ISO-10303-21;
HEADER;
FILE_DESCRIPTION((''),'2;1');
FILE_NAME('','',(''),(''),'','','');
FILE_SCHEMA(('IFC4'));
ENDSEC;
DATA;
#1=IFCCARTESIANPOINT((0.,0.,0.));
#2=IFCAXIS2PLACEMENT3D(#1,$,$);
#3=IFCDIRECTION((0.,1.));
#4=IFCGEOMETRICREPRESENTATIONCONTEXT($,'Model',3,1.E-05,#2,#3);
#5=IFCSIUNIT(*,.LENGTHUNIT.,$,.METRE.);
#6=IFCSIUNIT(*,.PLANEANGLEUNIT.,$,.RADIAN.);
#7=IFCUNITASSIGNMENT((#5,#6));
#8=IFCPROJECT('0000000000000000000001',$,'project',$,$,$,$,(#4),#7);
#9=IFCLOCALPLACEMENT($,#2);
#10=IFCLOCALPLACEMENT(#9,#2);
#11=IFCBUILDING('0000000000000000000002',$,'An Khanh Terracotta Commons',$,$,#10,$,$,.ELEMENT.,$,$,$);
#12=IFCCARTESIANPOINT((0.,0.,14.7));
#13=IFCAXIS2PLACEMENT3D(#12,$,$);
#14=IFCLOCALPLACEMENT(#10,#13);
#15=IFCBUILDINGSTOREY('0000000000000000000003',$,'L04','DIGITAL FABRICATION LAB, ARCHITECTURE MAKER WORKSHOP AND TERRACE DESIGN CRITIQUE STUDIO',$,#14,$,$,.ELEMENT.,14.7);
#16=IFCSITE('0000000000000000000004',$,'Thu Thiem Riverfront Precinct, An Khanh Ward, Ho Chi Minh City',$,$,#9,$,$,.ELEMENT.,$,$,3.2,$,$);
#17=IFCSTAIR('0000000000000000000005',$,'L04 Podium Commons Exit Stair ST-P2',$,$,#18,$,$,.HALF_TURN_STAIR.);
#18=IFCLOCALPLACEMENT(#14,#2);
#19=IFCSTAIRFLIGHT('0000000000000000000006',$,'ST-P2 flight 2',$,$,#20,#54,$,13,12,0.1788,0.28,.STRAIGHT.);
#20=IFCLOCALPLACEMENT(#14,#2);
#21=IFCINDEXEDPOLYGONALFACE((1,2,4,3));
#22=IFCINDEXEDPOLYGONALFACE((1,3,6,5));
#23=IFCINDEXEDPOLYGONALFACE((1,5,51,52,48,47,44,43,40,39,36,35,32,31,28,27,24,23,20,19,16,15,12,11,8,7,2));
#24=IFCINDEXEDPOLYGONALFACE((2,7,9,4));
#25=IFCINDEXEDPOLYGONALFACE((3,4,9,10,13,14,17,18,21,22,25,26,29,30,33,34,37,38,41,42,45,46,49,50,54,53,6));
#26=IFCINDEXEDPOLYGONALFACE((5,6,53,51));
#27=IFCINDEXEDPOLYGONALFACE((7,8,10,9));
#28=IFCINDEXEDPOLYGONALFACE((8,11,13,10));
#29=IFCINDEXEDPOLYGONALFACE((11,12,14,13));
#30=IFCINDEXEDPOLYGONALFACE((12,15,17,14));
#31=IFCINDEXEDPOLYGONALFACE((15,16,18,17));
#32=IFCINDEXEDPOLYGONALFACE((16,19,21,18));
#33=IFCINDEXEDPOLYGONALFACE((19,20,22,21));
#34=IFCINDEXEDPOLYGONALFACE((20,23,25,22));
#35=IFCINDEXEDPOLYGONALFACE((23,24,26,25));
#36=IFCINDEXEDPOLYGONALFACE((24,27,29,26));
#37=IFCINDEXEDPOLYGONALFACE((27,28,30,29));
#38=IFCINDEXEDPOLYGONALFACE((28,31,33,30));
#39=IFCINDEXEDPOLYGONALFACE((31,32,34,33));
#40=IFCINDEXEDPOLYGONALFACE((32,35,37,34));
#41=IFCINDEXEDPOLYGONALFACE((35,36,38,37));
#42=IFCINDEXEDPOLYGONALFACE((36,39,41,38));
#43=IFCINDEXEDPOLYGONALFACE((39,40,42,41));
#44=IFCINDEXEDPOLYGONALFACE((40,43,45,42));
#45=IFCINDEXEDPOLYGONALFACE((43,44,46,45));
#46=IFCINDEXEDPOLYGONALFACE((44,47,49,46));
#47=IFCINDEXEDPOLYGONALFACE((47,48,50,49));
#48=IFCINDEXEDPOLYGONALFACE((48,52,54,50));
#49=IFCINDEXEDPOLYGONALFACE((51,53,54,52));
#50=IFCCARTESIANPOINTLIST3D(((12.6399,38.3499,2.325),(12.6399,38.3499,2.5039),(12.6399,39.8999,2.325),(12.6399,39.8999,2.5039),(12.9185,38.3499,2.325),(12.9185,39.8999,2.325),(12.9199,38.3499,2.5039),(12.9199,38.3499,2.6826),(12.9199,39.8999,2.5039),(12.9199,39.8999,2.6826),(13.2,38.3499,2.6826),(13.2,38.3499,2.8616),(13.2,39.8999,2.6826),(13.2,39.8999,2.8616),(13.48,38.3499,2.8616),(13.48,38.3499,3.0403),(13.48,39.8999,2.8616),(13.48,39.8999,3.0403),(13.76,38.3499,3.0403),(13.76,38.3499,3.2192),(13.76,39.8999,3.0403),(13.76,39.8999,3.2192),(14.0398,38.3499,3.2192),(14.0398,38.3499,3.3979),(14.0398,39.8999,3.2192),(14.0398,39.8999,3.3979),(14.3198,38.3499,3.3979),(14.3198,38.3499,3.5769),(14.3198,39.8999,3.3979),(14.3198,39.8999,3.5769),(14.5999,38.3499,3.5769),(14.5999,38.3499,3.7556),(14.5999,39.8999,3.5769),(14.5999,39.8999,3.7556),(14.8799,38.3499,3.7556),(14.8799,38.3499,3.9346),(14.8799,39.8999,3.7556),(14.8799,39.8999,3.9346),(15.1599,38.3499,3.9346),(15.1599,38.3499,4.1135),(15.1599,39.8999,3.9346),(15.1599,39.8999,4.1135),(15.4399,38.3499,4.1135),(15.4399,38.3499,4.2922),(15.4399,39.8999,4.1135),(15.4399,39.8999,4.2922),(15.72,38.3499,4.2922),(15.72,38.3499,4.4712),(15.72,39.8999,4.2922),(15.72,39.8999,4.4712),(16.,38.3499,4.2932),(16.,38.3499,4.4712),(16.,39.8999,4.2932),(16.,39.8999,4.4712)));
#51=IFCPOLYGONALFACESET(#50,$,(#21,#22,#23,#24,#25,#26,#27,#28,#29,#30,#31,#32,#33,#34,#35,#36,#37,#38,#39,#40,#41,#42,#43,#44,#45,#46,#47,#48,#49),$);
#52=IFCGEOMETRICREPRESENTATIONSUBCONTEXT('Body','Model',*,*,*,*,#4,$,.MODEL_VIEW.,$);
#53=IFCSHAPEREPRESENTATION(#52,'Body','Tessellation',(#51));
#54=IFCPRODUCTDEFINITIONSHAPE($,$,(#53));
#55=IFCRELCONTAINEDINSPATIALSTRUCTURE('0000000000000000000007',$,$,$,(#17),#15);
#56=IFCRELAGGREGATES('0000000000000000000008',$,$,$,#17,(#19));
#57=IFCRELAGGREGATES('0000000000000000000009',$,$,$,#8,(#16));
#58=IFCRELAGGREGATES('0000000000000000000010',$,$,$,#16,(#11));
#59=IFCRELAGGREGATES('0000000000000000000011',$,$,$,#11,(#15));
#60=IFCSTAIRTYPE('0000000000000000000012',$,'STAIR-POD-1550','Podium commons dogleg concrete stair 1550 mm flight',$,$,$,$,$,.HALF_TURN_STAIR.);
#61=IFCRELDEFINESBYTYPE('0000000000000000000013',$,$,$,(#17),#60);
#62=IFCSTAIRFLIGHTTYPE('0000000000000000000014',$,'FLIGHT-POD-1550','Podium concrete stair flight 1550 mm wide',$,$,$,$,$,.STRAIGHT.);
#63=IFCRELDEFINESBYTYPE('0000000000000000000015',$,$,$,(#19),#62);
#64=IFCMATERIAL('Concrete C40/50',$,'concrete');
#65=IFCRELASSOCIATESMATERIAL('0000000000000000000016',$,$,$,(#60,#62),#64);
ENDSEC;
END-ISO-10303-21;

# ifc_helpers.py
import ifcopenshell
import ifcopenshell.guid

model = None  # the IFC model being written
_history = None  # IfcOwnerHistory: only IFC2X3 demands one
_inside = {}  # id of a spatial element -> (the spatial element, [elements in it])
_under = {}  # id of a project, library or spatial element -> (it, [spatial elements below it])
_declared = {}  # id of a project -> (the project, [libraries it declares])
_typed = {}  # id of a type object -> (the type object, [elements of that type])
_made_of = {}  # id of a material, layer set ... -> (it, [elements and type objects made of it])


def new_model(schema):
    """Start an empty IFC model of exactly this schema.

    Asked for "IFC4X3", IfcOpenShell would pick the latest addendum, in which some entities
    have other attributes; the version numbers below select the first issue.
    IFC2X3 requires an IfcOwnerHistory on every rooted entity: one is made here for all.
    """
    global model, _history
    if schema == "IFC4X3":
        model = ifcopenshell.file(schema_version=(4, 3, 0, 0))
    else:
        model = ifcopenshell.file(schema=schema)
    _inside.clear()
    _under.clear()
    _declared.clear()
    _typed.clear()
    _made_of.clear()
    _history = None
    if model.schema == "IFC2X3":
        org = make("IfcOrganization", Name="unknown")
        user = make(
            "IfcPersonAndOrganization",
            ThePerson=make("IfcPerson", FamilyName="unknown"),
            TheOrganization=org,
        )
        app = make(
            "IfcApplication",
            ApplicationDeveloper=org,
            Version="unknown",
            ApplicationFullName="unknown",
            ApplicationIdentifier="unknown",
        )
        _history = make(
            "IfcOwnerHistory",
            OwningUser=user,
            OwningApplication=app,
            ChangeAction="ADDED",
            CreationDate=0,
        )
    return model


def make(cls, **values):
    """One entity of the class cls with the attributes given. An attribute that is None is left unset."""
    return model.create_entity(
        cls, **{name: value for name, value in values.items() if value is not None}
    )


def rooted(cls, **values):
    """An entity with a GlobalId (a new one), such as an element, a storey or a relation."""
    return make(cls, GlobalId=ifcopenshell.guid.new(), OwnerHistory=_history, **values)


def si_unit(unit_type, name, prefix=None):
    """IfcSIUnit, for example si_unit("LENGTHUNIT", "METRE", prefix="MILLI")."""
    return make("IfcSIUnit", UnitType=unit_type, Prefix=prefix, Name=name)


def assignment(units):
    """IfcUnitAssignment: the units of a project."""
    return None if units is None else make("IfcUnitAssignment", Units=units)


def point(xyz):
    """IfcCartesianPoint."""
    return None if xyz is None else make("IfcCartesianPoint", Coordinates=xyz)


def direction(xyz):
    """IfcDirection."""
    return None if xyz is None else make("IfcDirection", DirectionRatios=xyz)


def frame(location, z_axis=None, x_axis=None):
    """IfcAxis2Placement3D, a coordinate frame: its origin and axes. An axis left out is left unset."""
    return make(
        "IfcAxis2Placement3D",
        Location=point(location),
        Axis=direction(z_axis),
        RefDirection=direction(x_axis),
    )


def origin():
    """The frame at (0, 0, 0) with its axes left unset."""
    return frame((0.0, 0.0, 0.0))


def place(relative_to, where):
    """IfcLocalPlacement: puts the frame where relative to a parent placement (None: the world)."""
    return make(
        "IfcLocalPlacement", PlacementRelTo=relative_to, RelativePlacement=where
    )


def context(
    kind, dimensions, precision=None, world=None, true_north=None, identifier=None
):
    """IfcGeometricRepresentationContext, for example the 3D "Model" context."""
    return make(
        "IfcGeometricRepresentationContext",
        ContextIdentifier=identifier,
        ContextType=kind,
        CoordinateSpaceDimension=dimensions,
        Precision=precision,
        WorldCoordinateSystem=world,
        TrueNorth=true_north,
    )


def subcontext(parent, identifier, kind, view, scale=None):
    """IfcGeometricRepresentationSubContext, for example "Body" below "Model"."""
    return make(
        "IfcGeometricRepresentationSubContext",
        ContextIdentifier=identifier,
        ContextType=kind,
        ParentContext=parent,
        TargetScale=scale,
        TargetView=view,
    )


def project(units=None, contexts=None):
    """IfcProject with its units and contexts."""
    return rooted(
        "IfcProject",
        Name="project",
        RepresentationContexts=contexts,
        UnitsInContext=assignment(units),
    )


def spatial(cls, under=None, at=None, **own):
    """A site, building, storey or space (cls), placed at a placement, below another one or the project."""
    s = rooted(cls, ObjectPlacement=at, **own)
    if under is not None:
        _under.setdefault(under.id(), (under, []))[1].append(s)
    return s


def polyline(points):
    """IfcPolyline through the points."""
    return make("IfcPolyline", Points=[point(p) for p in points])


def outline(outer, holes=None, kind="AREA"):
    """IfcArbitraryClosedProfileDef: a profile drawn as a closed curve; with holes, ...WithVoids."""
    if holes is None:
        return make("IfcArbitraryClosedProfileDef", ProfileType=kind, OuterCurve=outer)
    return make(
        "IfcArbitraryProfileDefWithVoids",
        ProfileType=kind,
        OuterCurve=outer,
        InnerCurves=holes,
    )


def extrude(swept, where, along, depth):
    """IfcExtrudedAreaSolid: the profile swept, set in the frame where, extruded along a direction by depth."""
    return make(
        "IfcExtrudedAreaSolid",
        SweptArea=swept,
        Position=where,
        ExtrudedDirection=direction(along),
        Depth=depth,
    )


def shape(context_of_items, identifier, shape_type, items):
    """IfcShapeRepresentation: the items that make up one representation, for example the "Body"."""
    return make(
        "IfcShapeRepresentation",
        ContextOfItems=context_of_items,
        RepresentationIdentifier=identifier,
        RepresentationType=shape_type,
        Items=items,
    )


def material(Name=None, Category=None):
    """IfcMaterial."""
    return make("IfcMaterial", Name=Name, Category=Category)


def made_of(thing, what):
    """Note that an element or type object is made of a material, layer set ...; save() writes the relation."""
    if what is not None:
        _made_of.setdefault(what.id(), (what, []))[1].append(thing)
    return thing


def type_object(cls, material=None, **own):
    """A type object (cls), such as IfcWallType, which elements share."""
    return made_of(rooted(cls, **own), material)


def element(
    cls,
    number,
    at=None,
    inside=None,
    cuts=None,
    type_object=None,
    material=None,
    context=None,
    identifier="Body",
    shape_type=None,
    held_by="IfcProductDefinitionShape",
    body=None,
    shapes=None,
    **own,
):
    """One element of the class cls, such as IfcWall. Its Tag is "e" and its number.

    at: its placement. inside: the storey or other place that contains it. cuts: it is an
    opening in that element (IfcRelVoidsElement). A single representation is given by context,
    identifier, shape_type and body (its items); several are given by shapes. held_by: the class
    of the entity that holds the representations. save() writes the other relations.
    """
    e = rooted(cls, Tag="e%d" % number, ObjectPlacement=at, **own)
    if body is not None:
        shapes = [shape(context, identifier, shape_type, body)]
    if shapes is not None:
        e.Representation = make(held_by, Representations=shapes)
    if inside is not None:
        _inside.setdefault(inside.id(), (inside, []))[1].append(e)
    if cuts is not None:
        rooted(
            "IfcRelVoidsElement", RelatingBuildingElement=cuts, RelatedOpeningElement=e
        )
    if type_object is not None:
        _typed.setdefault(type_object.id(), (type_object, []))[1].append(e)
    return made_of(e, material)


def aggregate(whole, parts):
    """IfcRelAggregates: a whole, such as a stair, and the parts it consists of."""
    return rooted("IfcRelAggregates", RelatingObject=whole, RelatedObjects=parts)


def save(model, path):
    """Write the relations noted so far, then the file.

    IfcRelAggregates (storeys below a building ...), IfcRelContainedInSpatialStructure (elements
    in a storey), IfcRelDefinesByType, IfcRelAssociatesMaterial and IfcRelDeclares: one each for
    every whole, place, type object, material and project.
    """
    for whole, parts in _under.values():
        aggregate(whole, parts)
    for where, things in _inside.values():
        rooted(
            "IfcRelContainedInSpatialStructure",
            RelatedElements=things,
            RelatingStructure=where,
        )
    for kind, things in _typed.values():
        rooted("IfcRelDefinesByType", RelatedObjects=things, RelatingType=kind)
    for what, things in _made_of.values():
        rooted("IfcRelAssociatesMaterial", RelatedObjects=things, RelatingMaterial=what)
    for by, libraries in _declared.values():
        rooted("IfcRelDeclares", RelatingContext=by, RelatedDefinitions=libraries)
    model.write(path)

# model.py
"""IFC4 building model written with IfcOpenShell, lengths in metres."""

from ifc_helpers import new_model, si_unit, direction, frame, origin, place, context, subcontext, project, spatial, polyline, outline, extrude, material, type_object, element, aggregate, save


model = new_model("IFC4")

# Units and contexts
model_context = context("Model", 3, precision=1e-05, world=origin(), true_north=direction((0.0, 1.0)))
body_context = subcontext(model_context, "Body", "Model", "MODEL_VIEW")
ifc_project = project(units=[si_unit("LENGTHUNIT", "METRE"), si_unit("PLANEANGLEUNIT", "RADIAN")], contexts=[model_context])

# Site, building, storey
site_placement = place(None, origin())
site = spatial("IfcSite", under=ifc_project, at=site_placement, Name="Thu Thiem Riverfront Precinct, An Khanh Ward, Ho Chi Minh City", CompositionType="ELEMENT", RefElevation=3.2)
building_placement = place(site_placement, origin())
building = spatial("IfcBuilding", under=site, at=building_placement, Name="An Khanh Terracotta Commons", CompositionType="ELEMENT")
storey_placement = place(building_placement, frame((0.0, 0.0, 14.7)))
storey = spatial("IfcBuildingStorey", under=building, at=storey_placement, Name="L04", Description="DIGITAL FABRICATION LAB, ARCHITECTURE MAKER WORKSHOP AND TERRACE DESIGN CRITIQUE STUDIO", CompositionType="ELEMENT", Elevation=14.7)

# Shared definitions
ifc_material_1 = material(Name="Concrete C40/50", Category="concrete")

# Stair, stair flight
stair_type = type_object("IfcStairType", Name="STAIR-POD-1550", Description="Podium commons dogleg concrete stair 1550 mm flight", PredefinedType="HALF_TURN_STAIR", material=ifc_material_1)
stair_placement = place(storey_placement, origin())
stair = element("IfcStair", 1, at=stair_placement, inside=storey, type_object=stair_type, Name="L04 Podium Commons Exit Stair ST-P2", PredefinedType="HALF_TURN_STAIR")
stair_flight_type = type_object("IfcStairFlightType", Name="FLIGHT-POD-1550", Description="Podium concrete stair flight 1550 mm wide", PredefinedType="STRAIGHT", material=ifc_material_1)
stair_flight_1_placement = place(storey_placement, frame((12.6399, 39.125, 2.325), z_axis=(0.0, 0.0, 1.0), x_axis=(1.0, 0.0, 0.0)))
stair_flight_1 = element("IfcStairFlight", 2, at=stair_flight_1_placement, type_object=stair_flight_type, Name="ST-P2 flight 2", NumberOfRisers=13, NumberOfTreads=12, PredefinedType="STRAIGHT", RiserHeight=0.1788, TreadLength=0.28, context=body_context, shape_type="SweptSolid", body=[
    extrude(outline(polyline([(0.0, 0.0), (0.0, 0.179), (0.28, 0.179), (0.28, 0.3577), (0.5601, 0.3577), (0.5601, 0.5366), (0.8401, 0.5366), (0.8401, 0.7153), (1.1201, 0.7153), (1.1201, 0.8943), (1.3999, 0.8943), (1.3999, 1.073), (1.6799, 1.073), (1.6799, 1.252), (1.96, 1.252), (1.96, 1.4307), (2.24, 1.4307), (2.24, 1.6096), (2.52, 1.6096), (2.52, 1.7886), (2.8, 1.7886), (2.8, 1.9673), (3.0801, 1.9673), (3.0801, 2.1462), (3.3601, 2.1462), (3.3601, 2.325), (3.3601, 1.9683), (0.2786, 0.0), (0.0, 0.0)])), frame((0.0, 0.7749, 0.0), z_axis=(0.0, -1.0, 0.0), x_axis=(1.0, 0.0, 0.0)), (0.0, 0.0, 1.0), 1.55),
])
aggregate(stair, [stair_flight_1])

save(model, "model.ifc")
